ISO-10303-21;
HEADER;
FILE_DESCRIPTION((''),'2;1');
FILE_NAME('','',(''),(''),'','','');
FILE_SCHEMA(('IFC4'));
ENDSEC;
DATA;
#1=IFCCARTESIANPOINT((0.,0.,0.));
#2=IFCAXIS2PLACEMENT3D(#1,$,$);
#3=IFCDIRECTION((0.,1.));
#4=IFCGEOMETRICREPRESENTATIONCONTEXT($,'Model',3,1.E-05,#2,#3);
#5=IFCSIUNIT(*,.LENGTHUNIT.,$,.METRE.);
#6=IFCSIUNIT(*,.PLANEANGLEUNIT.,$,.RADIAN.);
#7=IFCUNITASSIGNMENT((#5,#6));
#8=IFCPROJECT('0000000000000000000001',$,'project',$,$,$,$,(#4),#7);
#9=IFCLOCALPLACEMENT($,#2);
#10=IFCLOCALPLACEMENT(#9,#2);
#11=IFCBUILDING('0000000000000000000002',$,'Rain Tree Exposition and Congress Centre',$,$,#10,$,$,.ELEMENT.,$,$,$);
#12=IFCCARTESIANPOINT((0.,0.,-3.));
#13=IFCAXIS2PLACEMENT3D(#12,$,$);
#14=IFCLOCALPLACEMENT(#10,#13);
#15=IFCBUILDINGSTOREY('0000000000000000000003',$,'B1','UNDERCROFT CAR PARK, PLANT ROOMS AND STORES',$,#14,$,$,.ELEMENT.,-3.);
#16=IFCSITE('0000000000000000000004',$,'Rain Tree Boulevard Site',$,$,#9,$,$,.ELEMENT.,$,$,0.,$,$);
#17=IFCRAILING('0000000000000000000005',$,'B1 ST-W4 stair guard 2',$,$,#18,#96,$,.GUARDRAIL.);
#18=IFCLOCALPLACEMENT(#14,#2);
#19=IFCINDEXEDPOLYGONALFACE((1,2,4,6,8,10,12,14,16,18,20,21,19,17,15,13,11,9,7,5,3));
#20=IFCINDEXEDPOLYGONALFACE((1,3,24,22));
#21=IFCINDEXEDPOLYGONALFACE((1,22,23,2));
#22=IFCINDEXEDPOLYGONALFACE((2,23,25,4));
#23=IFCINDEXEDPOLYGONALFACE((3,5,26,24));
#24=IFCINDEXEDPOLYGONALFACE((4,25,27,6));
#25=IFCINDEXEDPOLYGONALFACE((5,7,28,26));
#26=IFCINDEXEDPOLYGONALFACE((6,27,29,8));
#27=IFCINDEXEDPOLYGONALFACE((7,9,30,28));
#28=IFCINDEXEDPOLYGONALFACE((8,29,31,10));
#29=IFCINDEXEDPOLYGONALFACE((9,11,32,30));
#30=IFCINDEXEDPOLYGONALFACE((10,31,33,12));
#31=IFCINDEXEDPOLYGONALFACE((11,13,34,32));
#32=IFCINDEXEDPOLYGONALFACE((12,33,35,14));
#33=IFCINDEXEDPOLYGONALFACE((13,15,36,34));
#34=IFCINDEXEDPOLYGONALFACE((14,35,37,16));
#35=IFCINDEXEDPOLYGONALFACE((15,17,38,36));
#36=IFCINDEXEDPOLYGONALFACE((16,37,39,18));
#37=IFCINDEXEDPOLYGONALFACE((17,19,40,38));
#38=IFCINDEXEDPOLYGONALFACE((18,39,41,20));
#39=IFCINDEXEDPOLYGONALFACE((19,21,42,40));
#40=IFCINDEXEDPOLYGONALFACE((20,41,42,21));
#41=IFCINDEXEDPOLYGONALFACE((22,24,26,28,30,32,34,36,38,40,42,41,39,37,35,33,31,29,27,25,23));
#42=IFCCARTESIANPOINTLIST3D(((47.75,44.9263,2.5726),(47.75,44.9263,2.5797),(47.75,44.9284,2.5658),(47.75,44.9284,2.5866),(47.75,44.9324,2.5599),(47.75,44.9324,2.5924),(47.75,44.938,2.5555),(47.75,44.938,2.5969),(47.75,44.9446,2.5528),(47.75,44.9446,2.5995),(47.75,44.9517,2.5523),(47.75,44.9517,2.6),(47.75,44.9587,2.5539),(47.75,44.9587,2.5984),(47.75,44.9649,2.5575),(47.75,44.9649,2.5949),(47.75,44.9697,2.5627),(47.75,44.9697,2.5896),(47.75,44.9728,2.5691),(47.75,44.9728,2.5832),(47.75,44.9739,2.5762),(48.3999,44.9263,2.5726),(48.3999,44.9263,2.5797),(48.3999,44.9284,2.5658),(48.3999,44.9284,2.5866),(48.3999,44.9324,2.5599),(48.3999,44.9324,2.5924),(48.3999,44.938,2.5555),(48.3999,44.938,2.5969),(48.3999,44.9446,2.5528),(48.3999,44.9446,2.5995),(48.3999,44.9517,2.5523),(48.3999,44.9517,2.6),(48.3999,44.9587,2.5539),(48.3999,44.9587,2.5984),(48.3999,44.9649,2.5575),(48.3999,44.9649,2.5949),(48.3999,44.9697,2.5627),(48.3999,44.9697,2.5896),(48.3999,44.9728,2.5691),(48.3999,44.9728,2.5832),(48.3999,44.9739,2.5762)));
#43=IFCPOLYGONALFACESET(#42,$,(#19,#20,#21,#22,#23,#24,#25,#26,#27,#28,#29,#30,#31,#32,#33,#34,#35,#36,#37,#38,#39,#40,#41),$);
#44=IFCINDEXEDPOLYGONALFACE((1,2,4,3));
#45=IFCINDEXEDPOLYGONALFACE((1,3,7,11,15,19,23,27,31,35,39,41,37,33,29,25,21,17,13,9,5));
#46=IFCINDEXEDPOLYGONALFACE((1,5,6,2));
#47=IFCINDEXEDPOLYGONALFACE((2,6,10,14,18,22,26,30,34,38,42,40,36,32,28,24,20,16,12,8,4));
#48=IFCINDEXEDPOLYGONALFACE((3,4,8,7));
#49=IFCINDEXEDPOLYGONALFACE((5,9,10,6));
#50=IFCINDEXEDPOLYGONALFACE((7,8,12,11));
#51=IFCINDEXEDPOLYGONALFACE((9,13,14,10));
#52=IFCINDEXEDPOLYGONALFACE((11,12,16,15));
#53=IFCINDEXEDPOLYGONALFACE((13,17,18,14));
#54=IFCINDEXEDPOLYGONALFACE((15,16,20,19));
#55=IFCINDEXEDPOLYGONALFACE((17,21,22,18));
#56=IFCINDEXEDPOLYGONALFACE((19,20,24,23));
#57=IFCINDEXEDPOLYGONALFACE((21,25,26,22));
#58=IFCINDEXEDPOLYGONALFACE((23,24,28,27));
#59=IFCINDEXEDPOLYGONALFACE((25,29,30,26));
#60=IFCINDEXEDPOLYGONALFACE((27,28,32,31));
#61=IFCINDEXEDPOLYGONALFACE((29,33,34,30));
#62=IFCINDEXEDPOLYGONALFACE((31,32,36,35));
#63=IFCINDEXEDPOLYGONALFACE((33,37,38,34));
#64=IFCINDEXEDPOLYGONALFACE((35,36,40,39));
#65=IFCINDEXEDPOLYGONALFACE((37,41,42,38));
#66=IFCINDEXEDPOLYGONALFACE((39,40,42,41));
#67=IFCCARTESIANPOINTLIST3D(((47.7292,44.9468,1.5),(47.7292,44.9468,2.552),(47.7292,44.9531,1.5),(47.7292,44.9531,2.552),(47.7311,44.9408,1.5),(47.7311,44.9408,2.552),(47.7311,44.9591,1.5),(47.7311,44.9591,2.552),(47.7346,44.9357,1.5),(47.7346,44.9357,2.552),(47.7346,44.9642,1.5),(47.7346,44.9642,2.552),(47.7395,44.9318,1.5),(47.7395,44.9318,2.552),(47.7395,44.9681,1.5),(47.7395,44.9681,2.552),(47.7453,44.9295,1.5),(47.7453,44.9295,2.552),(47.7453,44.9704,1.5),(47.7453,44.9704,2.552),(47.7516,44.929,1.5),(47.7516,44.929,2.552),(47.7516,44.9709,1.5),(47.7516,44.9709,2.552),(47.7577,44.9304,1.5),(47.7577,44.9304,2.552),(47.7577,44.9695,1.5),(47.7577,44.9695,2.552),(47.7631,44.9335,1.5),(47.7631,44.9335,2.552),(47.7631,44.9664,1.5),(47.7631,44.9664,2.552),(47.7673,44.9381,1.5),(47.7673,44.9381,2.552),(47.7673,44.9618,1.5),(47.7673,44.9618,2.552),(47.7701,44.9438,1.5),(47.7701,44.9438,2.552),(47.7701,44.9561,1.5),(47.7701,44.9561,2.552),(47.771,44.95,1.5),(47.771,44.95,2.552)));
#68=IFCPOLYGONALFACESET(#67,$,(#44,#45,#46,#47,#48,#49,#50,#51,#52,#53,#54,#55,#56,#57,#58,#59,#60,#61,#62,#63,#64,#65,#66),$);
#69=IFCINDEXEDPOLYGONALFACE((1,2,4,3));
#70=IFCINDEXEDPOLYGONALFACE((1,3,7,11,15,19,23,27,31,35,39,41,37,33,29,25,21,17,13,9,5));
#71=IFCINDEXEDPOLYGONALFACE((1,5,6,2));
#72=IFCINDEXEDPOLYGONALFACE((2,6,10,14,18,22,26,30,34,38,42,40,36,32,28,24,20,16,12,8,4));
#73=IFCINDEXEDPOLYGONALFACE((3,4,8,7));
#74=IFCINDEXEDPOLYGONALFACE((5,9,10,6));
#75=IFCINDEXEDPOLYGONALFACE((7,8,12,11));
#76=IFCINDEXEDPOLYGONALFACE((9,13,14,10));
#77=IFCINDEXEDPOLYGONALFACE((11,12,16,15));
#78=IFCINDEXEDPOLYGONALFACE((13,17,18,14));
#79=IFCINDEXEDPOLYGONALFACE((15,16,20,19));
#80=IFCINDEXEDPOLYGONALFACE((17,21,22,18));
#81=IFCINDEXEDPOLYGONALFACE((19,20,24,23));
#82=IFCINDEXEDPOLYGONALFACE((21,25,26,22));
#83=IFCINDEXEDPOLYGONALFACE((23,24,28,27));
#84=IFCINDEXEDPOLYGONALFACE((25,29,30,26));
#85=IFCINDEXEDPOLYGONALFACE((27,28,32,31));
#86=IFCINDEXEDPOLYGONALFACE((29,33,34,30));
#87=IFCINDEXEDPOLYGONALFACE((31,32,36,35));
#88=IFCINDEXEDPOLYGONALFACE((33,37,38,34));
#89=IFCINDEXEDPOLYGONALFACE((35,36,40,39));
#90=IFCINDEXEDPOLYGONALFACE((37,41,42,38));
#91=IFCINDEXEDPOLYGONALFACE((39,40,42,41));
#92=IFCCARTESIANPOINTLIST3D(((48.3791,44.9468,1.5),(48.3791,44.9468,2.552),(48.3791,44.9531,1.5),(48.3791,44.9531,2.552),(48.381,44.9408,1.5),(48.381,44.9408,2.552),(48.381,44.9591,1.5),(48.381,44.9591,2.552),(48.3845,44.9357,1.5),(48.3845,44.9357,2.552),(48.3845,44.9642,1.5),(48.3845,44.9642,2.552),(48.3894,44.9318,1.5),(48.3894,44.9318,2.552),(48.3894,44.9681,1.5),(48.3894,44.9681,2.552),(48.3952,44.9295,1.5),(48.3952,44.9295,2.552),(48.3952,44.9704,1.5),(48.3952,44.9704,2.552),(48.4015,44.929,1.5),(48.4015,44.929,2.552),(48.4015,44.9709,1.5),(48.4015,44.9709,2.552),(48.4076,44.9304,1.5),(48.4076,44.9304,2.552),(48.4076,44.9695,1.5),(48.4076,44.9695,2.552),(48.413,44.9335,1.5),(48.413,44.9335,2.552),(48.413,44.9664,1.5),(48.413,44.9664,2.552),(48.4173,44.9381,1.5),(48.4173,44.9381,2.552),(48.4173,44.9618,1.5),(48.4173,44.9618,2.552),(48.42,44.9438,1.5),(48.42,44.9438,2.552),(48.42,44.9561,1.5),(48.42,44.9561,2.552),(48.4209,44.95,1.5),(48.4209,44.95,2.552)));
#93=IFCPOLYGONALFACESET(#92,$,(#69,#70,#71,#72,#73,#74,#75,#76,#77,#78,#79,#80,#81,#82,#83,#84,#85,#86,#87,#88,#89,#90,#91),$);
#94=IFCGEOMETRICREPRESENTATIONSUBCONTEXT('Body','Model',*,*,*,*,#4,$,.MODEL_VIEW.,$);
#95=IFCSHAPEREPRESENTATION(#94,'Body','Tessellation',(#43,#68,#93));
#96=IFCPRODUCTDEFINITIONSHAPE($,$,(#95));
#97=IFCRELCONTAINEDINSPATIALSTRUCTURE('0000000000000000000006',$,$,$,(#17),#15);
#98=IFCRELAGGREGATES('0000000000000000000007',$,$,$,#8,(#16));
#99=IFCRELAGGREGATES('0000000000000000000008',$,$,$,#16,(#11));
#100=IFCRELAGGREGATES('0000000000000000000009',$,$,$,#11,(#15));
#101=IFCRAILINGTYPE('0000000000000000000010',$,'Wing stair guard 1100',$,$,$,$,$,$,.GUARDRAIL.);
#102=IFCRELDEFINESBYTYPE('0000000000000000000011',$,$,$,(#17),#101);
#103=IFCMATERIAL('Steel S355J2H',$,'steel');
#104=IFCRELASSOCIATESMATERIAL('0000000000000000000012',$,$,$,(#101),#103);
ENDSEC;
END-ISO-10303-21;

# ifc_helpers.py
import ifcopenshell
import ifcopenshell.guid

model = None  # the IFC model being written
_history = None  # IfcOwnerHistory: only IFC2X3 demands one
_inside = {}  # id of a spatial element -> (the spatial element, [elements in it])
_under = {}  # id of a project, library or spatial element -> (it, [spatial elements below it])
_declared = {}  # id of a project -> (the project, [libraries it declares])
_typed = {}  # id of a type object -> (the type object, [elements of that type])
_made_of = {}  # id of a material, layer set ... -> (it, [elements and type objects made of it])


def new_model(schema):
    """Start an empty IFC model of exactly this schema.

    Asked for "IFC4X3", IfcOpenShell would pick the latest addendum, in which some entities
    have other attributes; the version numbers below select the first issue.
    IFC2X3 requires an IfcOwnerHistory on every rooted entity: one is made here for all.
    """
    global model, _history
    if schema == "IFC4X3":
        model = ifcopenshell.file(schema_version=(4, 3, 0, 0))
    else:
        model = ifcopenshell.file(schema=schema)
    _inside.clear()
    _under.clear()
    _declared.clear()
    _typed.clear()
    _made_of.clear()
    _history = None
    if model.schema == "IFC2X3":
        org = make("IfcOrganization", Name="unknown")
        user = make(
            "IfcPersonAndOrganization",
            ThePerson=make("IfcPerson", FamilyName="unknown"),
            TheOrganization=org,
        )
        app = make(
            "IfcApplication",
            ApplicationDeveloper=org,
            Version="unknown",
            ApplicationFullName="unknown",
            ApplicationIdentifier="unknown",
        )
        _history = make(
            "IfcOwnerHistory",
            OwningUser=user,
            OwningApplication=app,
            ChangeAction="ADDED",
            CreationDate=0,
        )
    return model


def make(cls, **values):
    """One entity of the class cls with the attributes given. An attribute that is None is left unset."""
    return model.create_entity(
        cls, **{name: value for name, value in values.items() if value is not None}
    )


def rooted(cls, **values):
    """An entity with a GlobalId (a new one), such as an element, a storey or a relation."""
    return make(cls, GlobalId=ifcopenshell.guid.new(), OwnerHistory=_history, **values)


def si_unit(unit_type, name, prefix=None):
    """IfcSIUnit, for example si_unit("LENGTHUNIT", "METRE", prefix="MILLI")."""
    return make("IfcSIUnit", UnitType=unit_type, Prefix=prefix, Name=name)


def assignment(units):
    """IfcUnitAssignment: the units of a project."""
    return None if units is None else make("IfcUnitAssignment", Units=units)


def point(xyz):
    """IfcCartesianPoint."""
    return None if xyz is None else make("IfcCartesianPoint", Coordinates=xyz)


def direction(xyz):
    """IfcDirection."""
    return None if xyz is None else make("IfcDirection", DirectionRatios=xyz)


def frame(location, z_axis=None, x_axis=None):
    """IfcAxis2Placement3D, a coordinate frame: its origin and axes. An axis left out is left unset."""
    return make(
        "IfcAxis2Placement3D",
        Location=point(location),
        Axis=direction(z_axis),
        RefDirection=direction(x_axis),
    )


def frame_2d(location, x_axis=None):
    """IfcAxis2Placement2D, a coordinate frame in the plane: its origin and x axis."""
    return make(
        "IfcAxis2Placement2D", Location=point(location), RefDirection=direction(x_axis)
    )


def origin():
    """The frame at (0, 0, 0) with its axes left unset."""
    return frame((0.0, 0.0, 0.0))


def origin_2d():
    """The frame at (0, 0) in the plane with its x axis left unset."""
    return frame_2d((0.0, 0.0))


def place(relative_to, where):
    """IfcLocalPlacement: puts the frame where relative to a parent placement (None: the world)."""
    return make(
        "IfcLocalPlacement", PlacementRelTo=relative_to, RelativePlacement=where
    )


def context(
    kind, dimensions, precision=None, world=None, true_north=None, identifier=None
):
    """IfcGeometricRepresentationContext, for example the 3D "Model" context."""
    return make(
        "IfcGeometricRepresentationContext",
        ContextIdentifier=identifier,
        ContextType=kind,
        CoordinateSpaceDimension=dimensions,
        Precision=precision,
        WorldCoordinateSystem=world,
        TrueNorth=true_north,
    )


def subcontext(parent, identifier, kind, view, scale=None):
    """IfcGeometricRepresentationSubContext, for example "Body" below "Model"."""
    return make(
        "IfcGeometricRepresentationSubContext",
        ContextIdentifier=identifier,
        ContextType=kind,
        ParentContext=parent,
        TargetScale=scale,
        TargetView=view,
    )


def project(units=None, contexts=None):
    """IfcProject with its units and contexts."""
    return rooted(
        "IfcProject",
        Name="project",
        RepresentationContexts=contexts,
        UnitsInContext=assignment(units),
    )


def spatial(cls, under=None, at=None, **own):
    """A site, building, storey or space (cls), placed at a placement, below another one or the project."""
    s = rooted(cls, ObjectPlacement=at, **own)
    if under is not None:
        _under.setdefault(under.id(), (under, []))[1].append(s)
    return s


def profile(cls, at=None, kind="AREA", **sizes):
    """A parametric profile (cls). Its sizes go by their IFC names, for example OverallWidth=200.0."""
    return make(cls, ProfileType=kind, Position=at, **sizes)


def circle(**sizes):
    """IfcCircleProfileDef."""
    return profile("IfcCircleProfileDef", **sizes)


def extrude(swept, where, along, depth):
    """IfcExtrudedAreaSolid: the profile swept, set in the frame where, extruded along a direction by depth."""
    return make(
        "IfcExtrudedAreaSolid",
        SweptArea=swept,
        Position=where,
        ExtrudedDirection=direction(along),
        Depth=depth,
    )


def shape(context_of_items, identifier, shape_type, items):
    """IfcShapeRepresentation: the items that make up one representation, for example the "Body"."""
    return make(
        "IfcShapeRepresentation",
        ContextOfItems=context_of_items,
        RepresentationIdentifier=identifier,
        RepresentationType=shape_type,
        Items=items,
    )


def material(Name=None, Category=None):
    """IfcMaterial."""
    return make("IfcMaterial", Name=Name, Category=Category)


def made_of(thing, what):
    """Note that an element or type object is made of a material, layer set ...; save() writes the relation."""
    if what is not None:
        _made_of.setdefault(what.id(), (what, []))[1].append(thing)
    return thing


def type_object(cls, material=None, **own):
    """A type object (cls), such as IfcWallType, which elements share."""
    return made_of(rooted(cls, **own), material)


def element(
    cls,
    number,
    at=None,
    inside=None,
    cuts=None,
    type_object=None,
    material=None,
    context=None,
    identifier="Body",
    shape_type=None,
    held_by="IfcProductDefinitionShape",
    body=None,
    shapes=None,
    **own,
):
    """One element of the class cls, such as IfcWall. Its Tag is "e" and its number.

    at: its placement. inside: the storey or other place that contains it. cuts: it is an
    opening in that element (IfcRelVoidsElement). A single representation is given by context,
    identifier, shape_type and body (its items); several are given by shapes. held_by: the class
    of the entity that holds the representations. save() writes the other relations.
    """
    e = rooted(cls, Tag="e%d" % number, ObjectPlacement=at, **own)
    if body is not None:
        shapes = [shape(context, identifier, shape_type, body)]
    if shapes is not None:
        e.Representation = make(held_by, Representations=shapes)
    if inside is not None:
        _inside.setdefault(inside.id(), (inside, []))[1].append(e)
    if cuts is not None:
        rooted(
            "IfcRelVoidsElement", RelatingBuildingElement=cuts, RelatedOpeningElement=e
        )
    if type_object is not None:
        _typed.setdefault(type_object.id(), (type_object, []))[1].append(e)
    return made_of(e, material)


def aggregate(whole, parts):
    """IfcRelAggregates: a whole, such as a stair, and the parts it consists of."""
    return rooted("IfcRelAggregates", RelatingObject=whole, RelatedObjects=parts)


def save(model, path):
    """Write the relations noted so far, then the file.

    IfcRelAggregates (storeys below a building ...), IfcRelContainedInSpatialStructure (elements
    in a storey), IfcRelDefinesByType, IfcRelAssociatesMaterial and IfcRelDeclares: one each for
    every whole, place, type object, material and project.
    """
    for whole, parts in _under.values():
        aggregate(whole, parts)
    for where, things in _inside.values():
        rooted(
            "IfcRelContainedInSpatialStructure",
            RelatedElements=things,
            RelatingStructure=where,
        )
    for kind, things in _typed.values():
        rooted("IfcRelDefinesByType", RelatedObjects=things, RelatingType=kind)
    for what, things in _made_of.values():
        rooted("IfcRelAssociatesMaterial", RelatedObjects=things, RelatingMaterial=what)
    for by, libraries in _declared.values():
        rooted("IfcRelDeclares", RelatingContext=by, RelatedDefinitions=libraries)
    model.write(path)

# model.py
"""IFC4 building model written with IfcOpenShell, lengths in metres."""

from ifc_helpers import new_model, si_unit, direction, frame, origin, origin_2d, place, context, subcontext, project, spatial, circle, extrude, material, type_object, element, save


model = new_model("IFC4")

# Units and contexts
model_context = context("Model", 3, precision=1e-05, world=origin(), true_north=direction((0.0, 1.0)))
body_context = subcontext(model_context, "Body", "Model", "MODEL_VIEW")
ifc_project = project(units=[si_unit("LENGTHUNIT", "METRE"), si_unit("PLANEANGLEUNIT", "RADIAN")], contexts=[model_context])

# Site, building, storey
site_placement = place(None, origin())
site = spatial("IfcSite", under=ifc_project, at=site_placement, Name="Rain Tree Boulevard Site", CompositionType="ELEMENT", RefElevation=0.0)
building_placement = place(site_placement, origin())
building = spatial("IfcBuilding", under=site, at=building_placement, Name="Rain Tree Exposition and Congress Centre", CompositionType="ELEMENT")
storey_placement = place(building_placement, frame((0.0, 0.0, -3.0)))
storey = spatial("IfcBuildingStorey", under=building, at=storey_placement, Name="B1", Description="UNDERCROFT CAR PARK, PLANT ROOMS AND STORES", CompositionType="ELEMENT", Elevation=-3.0)

# Railing
ifc_material_1 = material(Name="Steel S355J2H", Category="steel")
railing_type_1 = type_object("IfcRailingType", Name="Wing stair guard 1100", PredefinedType="GUARDRAIL", material=ifc_material_1)
railing_1_placement = place(storey_placement, frame((47.75, 44.95, 1.5)))
element("IfcRailing", 1, at=railing_1_placement, inside=storey, type_object=railing_type_1, Name="B1 ST-W4 stair guard 2", PredefinedType="GUARDRAIL", context=body_context, shape_type="SweptSolid", body=[
    extrude(circle(Radius=0.0239, at=origin_2d()), frame((0.0, 0.0, 1.0762), z_axis=(1.0, 0.0, 0.0), x_axis=(0.0, 1.0, 0.0)), (0.0, 0.0, 1.0), 0.6499),
    extrude(circle(Radius=0.021, at=origin_2d()), origin(), (0.0, 0.0, 1.0), 1.052),
    extrude(circle(Radius=0.021, at=origin_2d()), frame((0.6499, 0.0, 0.0)), (0.0, 0.0, 1.0), 1.052),
])

save(model, "model.ifc")
